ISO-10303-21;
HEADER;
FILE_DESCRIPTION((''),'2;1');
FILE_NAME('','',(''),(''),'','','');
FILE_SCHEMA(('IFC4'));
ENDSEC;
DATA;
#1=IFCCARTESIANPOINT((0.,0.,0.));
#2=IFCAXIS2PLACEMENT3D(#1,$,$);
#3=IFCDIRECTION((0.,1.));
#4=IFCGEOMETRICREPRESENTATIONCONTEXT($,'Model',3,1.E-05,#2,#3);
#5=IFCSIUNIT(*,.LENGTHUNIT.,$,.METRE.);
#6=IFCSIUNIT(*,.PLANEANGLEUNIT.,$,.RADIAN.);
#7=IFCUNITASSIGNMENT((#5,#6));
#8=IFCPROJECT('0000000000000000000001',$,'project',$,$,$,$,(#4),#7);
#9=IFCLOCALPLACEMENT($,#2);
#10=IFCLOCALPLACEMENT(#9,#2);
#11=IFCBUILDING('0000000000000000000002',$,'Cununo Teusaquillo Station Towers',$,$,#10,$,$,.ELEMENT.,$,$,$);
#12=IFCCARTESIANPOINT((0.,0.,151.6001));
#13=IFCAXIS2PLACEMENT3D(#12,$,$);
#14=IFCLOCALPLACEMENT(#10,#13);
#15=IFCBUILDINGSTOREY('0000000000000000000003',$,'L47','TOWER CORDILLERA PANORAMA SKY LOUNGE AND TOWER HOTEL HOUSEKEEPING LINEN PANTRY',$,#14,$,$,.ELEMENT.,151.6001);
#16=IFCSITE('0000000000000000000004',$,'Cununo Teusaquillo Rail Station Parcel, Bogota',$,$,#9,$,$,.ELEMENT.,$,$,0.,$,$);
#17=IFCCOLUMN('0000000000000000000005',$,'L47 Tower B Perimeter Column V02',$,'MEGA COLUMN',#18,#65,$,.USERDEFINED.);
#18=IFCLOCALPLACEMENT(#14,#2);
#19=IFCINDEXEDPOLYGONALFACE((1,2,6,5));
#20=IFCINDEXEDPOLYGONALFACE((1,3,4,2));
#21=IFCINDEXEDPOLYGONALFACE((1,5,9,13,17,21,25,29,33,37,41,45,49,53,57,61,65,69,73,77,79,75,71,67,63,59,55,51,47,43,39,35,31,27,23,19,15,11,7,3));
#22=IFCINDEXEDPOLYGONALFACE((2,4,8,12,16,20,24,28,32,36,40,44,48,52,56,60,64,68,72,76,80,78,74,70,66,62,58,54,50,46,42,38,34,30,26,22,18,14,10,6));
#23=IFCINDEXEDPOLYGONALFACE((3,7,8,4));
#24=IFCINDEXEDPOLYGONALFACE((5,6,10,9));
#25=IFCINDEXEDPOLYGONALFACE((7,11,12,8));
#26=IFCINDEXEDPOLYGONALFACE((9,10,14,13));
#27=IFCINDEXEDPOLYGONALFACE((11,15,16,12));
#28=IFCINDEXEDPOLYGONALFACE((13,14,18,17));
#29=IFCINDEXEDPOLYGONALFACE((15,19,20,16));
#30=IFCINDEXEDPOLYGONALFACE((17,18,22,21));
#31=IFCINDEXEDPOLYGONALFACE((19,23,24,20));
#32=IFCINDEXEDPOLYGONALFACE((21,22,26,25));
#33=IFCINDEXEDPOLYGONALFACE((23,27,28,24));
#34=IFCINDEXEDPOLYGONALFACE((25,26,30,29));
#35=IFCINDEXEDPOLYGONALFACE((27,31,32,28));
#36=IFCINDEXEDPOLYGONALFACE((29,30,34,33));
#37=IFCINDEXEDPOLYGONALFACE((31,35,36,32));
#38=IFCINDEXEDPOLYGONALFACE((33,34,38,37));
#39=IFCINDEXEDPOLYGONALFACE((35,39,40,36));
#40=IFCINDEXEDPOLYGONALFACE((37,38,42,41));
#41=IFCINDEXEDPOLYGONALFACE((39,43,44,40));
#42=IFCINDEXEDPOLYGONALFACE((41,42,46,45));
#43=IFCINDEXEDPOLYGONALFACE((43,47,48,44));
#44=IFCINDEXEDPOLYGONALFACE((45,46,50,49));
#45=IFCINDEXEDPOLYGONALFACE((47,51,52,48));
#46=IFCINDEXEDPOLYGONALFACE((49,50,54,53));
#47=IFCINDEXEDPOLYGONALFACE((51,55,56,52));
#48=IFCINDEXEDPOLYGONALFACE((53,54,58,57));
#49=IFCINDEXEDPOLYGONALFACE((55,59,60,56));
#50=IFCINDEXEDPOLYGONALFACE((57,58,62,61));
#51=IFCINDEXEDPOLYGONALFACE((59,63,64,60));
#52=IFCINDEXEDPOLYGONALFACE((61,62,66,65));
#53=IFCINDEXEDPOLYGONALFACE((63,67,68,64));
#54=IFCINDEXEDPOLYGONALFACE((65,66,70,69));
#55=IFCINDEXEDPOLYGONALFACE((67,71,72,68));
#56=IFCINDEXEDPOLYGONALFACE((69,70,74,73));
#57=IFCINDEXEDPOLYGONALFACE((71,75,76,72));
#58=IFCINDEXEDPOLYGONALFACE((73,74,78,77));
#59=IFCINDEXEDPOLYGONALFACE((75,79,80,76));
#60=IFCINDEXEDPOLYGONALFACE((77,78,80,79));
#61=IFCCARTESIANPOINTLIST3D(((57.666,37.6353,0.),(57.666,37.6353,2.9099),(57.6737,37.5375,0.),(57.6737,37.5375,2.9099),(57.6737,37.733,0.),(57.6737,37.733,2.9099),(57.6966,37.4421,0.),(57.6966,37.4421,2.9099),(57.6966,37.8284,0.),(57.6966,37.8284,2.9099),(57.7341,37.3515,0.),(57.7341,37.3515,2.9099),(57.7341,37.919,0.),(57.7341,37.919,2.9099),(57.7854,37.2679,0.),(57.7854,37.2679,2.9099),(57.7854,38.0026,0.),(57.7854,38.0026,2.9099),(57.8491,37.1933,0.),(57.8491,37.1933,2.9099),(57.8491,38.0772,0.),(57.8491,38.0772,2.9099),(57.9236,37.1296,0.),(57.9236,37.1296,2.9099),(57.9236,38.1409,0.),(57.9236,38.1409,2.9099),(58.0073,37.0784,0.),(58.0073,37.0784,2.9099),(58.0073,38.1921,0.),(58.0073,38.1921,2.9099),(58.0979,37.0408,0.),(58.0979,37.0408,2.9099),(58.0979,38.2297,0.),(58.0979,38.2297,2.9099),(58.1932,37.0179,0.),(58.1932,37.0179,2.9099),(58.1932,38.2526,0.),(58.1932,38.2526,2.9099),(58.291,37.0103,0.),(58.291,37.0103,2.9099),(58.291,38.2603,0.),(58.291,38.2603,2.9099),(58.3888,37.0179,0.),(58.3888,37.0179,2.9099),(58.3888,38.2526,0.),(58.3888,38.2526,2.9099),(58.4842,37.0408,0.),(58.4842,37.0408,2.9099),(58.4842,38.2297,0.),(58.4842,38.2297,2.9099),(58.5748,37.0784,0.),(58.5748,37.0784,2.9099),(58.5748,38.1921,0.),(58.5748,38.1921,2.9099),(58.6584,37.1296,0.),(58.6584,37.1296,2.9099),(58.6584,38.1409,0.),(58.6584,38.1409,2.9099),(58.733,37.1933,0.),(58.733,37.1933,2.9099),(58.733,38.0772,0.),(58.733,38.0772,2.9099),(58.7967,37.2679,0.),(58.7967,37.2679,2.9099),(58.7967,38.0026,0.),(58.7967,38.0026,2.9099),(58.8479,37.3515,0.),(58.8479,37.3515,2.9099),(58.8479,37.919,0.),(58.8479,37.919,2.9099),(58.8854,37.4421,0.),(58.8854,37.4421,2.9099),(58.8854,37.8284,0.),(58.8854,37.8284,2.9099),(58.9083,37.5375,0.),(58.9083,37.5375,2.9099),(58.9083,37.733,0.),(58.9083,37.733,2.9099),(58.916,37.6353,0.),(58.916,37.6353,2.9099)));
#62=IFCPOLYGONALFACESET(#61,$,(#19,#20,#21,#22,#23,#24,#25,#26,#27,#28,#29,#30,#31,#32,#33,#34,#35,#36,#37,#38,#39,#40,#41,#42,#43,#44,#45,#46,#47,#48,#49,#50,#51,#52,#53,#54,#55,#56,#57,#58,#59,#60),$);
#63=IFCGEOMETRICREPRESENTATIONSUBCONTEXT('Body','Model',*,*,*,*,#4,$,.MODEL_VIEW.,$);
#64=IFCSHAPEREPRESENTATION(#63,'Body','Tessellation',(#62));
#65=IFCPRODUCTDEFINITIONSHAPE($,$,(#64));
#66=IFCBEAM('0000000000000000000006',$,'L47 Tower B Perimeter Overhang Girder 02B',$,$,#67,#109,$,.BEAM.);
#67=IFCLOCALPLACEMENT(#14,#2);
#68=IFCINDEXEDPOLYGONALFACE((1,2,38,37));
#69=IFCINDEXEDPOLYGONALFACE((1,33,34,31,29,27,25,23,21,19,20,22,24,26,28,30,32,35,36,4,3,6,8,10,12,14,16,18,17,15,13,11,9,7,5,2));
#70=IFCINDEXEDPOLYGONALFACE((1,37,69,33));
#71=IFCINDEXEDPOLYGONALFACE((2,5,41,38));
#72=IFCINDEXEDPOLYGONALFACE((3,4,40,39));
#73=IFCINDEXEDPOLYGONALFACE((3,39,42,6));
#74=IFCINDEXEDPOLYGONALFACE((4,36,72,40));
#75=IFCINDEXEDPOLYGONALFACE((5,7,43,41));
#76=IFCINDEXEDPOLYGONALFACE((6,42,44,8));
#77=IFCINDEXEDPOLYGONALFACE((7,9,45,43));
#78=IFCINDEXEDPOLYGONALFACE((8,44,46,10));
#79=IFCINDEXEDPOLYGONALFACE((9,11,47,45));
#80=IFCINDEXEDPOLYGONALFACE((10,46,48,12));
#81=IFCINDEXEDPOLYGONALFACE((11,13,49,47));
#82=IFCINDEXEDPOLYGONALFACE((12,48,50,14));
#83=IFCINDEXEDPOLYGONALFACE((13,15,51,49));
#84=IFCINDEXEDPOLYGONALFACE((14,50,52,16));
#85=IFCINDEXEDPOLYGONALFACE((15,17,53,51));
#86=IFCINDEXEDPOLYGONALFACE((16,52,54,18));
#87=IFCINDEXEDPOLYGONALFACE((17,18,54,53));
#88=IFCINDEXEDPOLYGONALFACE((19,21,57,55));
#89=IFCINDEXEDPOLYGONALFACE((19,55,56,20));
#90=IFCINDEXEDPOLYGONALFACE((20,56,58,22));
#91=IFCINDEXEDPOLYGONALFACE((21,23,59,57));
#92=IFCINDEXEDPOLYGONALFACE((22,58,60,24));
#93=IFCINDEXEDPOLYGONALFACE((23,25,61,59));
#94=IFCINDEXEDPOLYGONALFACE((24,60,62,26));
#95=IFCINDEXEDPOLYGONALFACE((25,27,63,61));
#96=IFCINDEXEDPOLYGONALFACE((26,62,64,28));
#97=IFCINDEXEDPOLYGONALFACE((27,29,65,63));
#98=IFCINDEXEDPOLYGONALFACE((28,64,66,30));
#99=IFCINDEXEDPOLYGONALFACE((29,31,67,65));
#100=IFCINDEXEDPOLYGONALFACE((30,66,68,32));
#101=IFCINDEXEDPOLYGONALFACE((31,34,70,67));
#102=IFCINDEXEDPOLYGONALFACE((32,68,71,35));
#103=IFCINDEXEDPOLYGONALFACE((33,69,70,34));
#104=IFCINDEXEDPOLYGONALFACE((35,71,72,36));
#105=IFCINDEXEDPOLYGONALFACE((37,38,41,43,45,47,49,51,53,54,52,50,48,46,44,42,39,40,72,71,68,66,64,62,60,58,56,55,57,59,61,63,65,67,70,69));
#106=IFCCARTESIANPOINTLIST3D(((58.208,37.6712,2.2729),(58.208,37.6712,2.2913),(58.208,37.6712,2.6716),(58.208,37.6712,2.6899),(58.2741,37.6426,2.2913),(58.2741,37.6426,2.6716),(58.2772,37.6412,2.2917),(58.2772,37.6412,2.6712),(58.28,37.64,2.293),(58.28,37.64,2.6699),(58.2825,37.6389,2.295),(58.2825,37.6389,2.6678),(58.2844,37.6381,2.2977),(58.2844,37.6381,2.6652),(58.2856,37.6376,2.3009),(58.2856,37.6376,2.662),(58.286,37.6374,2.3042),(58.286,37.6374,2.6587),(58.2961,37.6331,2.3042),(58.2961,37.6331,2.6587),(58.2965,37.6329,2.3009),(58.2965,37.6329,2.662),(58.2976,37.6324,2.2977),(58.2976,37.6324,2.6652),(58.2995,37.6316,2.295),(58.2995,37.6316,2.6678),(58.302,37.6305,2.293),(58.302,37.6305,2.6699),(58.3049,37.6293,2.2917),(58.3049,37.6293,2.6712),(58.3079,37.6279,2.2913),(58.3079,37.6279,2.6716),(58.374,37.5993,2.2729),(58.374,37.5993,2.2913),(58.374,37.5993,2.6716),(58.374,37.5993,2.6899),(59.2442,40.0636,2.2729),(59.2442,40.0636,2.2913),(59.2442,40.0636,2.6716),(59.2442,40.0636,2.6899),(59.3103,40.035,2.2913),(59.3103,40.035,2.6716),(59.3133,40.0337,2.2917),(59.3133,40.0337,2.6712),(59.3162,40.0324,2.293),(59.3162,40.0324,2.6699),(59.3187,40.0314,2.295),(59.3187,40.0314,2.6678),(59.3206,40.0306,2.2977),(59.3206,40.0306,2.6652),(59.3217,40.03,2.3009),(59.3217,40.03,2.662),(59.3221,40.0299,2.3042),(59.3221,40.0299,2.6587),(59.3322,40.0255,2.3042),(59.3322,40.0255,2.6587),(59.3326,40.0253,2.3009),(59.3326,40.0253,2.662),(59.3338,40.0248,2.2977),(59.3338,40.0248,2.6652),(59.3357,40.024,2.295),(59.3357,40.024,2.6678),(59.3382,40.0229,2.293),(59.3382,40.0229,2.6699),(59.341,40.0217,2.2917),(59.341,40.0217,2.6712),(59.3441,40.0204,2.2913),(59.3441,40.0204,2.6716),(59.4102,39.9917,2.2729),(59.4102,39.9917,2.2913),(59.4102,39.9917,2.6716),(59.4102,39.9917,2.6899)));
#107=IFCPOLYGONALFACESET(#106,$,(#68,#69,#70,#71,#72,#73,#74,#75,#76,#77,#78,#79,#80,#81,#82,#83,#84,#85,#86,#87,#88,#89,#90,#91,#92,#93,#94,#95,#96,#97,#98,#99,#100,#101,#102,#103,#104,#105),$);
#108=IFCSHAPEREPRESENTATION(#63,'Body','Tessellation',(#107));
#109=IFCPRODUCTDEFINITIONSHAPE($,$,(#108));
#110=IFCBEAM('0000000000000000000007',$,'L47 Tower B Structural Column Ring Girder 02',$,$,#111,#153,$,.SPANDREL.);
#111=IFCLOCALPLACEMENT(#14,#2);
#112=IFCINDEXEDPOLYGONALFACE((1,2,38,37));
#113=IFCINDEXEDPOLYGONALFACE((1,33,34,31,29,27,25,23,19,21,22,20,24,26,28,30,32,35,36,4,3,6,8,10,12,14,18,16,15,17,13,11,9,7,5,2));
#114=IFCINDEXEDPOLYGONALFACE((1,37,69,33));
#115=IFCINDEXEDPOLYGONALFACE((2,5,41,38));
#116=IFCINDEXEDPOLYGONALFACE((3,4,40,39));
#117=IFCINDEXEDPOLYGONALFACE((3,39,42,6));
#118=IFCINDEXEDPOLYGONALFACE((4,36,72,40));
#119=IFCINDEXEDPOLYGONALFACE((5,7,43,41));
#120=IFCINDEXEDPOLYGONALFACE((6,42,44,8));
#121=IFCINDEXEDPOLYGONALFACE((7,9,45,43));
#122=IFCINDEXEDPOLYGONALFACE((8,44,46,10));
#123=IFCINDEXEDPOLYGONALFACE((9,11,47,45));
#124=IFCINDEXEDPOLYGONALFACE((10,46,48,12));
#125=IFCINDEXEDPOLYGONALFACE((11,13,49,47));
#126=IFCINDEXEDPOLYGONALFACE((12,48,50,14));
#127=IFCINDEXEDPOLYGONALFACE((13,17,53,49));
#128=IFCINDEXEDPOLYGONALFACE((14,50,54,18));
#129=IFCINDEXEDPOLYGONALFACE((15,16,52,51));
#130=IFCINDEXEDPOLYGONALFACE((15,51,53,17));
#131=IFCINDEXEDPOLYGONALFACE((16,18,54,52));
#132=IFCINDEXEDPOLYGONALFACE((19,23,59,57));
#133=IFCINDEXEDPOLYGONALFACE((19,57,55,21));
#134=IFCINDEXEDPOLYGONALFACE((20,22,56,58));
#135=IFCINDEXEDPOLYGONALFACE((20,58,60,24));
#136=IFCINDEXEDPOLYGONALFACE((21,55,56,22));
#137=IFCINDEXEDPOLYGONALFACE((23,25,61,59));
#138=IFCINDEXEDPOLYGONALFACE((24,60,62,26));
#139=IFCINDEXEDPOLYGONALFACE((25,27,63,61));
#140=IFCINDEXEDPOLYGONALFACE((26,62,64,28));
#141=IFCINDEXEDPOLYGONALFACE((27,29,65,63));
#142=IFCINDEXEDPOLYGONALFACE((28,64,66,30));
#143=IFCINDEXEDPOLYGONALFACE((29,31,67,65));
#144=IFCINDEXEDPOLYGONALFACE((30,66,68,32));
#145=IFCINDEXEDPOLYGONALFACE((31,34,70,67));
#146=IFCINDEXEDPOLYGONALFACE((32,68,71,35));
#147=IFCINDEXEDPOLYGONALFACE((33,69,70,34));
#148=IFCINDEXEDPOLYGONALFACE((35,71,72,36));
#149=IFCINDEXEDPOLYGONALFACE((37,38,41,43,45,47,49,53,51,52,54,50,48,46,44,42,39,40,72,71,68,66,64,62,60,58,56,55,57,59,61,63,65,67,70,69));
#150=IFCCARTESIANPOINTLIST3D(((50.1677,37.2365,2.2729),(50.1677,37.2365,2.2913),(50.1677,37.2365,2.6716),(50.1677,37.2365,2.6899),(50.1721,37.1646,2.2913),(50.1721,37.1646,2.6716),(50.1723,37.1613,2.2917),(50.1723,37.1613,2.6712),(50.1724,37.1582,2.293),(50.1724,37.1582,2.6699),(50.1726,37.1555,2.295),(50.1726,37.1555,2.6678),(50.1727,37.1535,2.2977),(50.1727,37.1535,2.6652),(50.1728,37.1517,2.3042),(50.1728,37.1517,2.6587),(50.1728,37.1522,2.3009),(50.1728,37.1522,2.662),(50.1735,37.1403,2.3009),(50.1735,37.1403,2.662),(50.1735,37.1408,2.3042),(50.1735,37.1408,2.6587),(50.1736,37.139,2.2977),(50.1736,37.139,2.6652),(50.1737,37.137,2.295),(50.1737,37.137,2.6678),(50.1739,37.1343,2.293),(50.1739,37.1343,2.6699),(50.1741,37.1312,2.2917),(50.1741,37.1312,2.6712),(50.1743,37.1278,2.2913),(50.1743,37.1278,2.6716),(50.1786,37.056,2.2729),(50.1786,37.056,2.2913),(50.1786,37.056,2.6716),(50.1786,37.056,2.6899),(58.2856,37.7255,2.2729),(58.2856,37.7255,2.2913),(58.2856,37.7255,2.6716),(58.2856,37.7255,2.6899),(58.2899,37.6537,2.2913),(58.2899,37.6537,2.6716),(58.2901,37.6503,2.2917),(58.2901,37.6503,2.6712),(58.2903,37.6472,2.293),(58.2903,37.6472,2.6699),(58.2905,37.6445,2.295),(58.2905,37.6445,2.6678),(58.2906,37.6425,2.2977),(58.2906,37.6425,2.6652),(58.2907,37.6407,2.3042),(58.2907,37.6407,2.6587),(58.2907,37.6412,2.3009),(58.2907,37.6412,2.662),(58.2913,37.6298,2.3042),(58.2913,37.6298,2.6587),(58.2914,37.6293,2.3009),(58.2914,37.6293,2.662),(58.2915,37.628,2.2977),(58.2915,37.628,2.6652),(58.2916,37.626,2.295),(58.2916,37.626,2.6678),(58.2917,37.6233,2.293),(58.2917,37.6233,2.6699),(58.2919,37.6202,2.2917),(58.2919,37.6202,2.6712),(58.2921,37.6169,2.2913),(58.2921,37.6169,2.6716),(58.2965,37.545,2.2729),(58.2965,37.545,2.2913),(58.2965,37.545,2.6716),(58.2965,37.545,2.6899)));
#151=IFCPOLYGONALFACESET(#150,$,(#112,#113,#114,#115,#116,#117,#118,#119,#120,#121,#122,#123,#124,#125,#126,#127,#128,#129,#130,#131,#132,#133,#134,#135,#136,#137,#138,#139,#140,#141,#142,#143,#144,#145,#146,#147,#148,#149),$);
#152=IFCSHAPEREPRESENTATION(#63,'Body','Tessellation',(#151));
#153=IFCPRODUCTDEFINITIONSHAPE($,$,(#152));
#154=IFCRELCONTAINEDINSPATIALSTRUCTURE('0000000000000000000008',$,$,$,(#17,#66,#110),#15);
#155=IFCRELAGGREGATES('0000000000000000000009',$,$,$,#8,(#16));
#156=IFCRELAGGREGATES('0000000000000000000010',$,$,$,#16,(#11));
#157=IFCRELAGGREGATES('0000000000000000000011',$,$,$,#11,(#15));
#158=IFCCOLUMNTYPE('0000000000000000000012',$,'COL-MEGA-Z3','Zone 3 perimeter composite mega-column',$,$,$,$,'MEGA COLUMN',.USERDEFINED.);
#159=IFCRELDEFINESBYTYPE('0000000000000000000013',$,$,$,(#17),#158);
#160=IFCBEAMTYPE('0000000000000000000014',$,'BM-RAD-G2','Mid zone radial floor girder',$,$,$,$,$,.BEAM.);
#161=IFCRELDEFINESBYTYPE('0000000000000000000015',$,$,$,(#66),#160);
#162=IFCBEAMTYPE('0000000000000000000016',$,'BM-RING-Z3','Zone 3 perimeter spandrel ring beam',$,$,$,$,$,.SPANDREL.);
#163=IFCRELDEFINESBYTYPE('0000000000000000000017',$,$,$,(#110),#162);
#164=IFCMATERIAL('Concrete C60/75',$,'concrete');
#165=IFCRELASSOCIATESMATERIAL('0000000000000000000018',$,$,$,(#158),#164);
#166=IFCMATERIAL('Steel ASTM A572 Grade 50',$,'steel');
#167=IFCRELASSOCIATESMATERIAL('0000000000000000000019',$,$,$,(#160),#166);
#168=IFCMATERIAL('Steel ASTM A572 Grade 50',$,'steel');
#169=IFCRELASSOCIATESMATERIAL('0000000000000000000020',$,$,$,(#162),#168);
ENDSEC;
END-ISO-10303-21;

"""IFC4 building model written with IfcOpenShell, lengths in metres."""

from ifc_helpers import new_model, si_unit, direction, frame, origin, origin_2d, place, context, subcontext, project, spatial, circle, i_section, extrude, material, material_profile, profile_set, type_object, element, save


model = new_model("IFC4")

# Units and contexts
model_context = context("Model", 3, precision=1e-05, world=origin(), true_north=direction((0.0, 1.0)))
body_context = subcontext(model_context, "Body", "Model", "MODEL_VIEW")
ifc_project = project(units=[si_unit("LENGTHUNIT", "METRE"), si_unit("PLANEANGLEUNIT", "RADIAN")], contexts=[model_context])

# Site, building, storey
site_placement = place(None, origin())
site = spatial("IfcSite", under=ifc_project, at=site_placement, Name="Cununo Teusaquillo Rail Station Parcel, Bogota", CompositionType="ELEMENT", RefElevation=0.0)
building_placement = place(site_placement, origin())
building = spatial("IfcBuilding", under=site, at=building_placement, Name="Cununo Teusaquillo Station Towers", CompositionType="ELEMENT")
storey_placement = place(building_placement, frame((0.0, 0.0, 151.6001)))
storey = spatial("IfcBuildingStorey", under=building, at=storey_placement, Name="L47", Description="TOWER CORDILLERA PANORAMA SKY LOUNGE AND TOWER HOTEL HOUSEKEEPING LINEN PANTRY", CompositionType="ELEMENT", Elevation=151.6001)

# Column
ifc_material_1 = material(Name="Concrete C60/75", Category="concrete")
ifc_material_profile_1 = material_profile(ifc_material_1, circle(Radius=0.625, at=origin_2d()), Name="RC-CIRC-1250")
ifc_profile_set_1 = profile_set([ifc_material_profile_1], Name="Concrete C60/75")
column_type = type_object("IfcColumnType", Name="COL-MEGA-Z3", Description="Zone 3 perimeter composite mega-column", ElementType="MEGA COLUMN", PredefinedType="USERDEFINED", material=ifc_profile_set_1)
column_placement = place(storey_placement, frame((58.291, 37.6353, 0.0), z_axis=(0.0, 0.0, 1.0), x_axis=(1.0, 0.0, 0.0)))
element("IfcColumn", 1, at=column_placement, inside=storey, type_object=column_type, Name="L47 Tower B Perimeter Column V02", ObjectType="MEGA COLUMN", PredefinedType="USERDEFINED", context=body_context, shape_type="SweptSolid", body=[
    extrude(circle(Radius=0.625, at=origin_2d()), origin(), (0.0, 0.0, 1.0), 2.9099),
])

# Beams
ifc_material_2 = material(Name="Steel ASTM A572 Grade 50", Category="steel")
ifc_material_profile_2 = material_profile(ifc_material_2, i_section(OverallWidth=0.1809, OverallDepth=0.417, WebThickness=0.011, FlangeThickness=0.0183, FilletRadius=0.0129, at=origin_2d()), Name="W16X57")
ifc_profile_set_2 = profile_set([ifc_material_profile_2], Name="Steel ASTM A572 Grade 50")
beam_type_1 = type_object("IfcBeamType", Name="BM-RAD-G2", Description="Mid zone radial floor girder", PredefinedType="BEAM", material=ifc_profile_set_2)
beam_1_placement = place(storey_placement, frame((58.291, 37.6353, 2.4814), z_axis=(0.397431, 0.917632, 0.0), x_axis=(-0.917632, 0.397431, 0.0)))
element("IfcBeam", 2, at=beam_1_placement, inside=storey, type_object=beam_type_1, Name="L47 Tower B Perimeter Overhang Girder 02B", PredefinedType="BEAM", context=body_context, shape_type="SweptSolid", body=[
    extrude(i_section(OverallWidth=0.1809, OverallDepth=0.417, WebThickness=0.011, FlangeThickness=0.0183, FilletRadius=0.0129, at=origin_2d()), origin(), (0.0, 0.0, 1.0), 2.6072),
])
ifc_material_3 = material(Name="Steel ASTM A572 Grade 50", Category="steel")
ifc_material_profile_3 = material_profile(ifc_material_3, i_section(OverallWidth=0.1809, OverallDepth=0.417, WebThickness=0.011, FlangeThickness=0.0183, FilletRadius=0.0129, at=origin_2d()), Name="W16X57")
ifc_profile_set_3 = profile_set([ifc_material_profile_3], Name="Steel ASTM A572 Grade 50")
beam_type_2 = type_object("IfcBeamType", Name="BM-RING-Z3", Description="Zone 3 perimeter spandrel ring beam", PredefinedType="SPANDREL", material=ifc_profile_set_3)
beam_2_placement = place(storey_placement, frame((58.291, 37.6353, 2.4814), z_axis=(-0.998191, -0.06013, 0.0), x_axis=(0.06013, -0.998191, 0.0)))
element("IfcBeam", 3, at=beam_2_placement, inside=storey, type_object=beam_type_2, Name="L47 Tower B Structural Column Ring Girder 02", PredefinedType="SPANDREL", context=body_context, shape_type="SweptSolid", body=[
    extrude(i_section(OverallWidth=0.1809, OverallDepth=0.417, WebThickness=0.011, FlangeThickness=0.0183, FilletRadius=0.0129, at=origin_2d()), origin(), (0.0, 0.0, 1.0), 8.1326),
])

save(model, "model.ifc")
